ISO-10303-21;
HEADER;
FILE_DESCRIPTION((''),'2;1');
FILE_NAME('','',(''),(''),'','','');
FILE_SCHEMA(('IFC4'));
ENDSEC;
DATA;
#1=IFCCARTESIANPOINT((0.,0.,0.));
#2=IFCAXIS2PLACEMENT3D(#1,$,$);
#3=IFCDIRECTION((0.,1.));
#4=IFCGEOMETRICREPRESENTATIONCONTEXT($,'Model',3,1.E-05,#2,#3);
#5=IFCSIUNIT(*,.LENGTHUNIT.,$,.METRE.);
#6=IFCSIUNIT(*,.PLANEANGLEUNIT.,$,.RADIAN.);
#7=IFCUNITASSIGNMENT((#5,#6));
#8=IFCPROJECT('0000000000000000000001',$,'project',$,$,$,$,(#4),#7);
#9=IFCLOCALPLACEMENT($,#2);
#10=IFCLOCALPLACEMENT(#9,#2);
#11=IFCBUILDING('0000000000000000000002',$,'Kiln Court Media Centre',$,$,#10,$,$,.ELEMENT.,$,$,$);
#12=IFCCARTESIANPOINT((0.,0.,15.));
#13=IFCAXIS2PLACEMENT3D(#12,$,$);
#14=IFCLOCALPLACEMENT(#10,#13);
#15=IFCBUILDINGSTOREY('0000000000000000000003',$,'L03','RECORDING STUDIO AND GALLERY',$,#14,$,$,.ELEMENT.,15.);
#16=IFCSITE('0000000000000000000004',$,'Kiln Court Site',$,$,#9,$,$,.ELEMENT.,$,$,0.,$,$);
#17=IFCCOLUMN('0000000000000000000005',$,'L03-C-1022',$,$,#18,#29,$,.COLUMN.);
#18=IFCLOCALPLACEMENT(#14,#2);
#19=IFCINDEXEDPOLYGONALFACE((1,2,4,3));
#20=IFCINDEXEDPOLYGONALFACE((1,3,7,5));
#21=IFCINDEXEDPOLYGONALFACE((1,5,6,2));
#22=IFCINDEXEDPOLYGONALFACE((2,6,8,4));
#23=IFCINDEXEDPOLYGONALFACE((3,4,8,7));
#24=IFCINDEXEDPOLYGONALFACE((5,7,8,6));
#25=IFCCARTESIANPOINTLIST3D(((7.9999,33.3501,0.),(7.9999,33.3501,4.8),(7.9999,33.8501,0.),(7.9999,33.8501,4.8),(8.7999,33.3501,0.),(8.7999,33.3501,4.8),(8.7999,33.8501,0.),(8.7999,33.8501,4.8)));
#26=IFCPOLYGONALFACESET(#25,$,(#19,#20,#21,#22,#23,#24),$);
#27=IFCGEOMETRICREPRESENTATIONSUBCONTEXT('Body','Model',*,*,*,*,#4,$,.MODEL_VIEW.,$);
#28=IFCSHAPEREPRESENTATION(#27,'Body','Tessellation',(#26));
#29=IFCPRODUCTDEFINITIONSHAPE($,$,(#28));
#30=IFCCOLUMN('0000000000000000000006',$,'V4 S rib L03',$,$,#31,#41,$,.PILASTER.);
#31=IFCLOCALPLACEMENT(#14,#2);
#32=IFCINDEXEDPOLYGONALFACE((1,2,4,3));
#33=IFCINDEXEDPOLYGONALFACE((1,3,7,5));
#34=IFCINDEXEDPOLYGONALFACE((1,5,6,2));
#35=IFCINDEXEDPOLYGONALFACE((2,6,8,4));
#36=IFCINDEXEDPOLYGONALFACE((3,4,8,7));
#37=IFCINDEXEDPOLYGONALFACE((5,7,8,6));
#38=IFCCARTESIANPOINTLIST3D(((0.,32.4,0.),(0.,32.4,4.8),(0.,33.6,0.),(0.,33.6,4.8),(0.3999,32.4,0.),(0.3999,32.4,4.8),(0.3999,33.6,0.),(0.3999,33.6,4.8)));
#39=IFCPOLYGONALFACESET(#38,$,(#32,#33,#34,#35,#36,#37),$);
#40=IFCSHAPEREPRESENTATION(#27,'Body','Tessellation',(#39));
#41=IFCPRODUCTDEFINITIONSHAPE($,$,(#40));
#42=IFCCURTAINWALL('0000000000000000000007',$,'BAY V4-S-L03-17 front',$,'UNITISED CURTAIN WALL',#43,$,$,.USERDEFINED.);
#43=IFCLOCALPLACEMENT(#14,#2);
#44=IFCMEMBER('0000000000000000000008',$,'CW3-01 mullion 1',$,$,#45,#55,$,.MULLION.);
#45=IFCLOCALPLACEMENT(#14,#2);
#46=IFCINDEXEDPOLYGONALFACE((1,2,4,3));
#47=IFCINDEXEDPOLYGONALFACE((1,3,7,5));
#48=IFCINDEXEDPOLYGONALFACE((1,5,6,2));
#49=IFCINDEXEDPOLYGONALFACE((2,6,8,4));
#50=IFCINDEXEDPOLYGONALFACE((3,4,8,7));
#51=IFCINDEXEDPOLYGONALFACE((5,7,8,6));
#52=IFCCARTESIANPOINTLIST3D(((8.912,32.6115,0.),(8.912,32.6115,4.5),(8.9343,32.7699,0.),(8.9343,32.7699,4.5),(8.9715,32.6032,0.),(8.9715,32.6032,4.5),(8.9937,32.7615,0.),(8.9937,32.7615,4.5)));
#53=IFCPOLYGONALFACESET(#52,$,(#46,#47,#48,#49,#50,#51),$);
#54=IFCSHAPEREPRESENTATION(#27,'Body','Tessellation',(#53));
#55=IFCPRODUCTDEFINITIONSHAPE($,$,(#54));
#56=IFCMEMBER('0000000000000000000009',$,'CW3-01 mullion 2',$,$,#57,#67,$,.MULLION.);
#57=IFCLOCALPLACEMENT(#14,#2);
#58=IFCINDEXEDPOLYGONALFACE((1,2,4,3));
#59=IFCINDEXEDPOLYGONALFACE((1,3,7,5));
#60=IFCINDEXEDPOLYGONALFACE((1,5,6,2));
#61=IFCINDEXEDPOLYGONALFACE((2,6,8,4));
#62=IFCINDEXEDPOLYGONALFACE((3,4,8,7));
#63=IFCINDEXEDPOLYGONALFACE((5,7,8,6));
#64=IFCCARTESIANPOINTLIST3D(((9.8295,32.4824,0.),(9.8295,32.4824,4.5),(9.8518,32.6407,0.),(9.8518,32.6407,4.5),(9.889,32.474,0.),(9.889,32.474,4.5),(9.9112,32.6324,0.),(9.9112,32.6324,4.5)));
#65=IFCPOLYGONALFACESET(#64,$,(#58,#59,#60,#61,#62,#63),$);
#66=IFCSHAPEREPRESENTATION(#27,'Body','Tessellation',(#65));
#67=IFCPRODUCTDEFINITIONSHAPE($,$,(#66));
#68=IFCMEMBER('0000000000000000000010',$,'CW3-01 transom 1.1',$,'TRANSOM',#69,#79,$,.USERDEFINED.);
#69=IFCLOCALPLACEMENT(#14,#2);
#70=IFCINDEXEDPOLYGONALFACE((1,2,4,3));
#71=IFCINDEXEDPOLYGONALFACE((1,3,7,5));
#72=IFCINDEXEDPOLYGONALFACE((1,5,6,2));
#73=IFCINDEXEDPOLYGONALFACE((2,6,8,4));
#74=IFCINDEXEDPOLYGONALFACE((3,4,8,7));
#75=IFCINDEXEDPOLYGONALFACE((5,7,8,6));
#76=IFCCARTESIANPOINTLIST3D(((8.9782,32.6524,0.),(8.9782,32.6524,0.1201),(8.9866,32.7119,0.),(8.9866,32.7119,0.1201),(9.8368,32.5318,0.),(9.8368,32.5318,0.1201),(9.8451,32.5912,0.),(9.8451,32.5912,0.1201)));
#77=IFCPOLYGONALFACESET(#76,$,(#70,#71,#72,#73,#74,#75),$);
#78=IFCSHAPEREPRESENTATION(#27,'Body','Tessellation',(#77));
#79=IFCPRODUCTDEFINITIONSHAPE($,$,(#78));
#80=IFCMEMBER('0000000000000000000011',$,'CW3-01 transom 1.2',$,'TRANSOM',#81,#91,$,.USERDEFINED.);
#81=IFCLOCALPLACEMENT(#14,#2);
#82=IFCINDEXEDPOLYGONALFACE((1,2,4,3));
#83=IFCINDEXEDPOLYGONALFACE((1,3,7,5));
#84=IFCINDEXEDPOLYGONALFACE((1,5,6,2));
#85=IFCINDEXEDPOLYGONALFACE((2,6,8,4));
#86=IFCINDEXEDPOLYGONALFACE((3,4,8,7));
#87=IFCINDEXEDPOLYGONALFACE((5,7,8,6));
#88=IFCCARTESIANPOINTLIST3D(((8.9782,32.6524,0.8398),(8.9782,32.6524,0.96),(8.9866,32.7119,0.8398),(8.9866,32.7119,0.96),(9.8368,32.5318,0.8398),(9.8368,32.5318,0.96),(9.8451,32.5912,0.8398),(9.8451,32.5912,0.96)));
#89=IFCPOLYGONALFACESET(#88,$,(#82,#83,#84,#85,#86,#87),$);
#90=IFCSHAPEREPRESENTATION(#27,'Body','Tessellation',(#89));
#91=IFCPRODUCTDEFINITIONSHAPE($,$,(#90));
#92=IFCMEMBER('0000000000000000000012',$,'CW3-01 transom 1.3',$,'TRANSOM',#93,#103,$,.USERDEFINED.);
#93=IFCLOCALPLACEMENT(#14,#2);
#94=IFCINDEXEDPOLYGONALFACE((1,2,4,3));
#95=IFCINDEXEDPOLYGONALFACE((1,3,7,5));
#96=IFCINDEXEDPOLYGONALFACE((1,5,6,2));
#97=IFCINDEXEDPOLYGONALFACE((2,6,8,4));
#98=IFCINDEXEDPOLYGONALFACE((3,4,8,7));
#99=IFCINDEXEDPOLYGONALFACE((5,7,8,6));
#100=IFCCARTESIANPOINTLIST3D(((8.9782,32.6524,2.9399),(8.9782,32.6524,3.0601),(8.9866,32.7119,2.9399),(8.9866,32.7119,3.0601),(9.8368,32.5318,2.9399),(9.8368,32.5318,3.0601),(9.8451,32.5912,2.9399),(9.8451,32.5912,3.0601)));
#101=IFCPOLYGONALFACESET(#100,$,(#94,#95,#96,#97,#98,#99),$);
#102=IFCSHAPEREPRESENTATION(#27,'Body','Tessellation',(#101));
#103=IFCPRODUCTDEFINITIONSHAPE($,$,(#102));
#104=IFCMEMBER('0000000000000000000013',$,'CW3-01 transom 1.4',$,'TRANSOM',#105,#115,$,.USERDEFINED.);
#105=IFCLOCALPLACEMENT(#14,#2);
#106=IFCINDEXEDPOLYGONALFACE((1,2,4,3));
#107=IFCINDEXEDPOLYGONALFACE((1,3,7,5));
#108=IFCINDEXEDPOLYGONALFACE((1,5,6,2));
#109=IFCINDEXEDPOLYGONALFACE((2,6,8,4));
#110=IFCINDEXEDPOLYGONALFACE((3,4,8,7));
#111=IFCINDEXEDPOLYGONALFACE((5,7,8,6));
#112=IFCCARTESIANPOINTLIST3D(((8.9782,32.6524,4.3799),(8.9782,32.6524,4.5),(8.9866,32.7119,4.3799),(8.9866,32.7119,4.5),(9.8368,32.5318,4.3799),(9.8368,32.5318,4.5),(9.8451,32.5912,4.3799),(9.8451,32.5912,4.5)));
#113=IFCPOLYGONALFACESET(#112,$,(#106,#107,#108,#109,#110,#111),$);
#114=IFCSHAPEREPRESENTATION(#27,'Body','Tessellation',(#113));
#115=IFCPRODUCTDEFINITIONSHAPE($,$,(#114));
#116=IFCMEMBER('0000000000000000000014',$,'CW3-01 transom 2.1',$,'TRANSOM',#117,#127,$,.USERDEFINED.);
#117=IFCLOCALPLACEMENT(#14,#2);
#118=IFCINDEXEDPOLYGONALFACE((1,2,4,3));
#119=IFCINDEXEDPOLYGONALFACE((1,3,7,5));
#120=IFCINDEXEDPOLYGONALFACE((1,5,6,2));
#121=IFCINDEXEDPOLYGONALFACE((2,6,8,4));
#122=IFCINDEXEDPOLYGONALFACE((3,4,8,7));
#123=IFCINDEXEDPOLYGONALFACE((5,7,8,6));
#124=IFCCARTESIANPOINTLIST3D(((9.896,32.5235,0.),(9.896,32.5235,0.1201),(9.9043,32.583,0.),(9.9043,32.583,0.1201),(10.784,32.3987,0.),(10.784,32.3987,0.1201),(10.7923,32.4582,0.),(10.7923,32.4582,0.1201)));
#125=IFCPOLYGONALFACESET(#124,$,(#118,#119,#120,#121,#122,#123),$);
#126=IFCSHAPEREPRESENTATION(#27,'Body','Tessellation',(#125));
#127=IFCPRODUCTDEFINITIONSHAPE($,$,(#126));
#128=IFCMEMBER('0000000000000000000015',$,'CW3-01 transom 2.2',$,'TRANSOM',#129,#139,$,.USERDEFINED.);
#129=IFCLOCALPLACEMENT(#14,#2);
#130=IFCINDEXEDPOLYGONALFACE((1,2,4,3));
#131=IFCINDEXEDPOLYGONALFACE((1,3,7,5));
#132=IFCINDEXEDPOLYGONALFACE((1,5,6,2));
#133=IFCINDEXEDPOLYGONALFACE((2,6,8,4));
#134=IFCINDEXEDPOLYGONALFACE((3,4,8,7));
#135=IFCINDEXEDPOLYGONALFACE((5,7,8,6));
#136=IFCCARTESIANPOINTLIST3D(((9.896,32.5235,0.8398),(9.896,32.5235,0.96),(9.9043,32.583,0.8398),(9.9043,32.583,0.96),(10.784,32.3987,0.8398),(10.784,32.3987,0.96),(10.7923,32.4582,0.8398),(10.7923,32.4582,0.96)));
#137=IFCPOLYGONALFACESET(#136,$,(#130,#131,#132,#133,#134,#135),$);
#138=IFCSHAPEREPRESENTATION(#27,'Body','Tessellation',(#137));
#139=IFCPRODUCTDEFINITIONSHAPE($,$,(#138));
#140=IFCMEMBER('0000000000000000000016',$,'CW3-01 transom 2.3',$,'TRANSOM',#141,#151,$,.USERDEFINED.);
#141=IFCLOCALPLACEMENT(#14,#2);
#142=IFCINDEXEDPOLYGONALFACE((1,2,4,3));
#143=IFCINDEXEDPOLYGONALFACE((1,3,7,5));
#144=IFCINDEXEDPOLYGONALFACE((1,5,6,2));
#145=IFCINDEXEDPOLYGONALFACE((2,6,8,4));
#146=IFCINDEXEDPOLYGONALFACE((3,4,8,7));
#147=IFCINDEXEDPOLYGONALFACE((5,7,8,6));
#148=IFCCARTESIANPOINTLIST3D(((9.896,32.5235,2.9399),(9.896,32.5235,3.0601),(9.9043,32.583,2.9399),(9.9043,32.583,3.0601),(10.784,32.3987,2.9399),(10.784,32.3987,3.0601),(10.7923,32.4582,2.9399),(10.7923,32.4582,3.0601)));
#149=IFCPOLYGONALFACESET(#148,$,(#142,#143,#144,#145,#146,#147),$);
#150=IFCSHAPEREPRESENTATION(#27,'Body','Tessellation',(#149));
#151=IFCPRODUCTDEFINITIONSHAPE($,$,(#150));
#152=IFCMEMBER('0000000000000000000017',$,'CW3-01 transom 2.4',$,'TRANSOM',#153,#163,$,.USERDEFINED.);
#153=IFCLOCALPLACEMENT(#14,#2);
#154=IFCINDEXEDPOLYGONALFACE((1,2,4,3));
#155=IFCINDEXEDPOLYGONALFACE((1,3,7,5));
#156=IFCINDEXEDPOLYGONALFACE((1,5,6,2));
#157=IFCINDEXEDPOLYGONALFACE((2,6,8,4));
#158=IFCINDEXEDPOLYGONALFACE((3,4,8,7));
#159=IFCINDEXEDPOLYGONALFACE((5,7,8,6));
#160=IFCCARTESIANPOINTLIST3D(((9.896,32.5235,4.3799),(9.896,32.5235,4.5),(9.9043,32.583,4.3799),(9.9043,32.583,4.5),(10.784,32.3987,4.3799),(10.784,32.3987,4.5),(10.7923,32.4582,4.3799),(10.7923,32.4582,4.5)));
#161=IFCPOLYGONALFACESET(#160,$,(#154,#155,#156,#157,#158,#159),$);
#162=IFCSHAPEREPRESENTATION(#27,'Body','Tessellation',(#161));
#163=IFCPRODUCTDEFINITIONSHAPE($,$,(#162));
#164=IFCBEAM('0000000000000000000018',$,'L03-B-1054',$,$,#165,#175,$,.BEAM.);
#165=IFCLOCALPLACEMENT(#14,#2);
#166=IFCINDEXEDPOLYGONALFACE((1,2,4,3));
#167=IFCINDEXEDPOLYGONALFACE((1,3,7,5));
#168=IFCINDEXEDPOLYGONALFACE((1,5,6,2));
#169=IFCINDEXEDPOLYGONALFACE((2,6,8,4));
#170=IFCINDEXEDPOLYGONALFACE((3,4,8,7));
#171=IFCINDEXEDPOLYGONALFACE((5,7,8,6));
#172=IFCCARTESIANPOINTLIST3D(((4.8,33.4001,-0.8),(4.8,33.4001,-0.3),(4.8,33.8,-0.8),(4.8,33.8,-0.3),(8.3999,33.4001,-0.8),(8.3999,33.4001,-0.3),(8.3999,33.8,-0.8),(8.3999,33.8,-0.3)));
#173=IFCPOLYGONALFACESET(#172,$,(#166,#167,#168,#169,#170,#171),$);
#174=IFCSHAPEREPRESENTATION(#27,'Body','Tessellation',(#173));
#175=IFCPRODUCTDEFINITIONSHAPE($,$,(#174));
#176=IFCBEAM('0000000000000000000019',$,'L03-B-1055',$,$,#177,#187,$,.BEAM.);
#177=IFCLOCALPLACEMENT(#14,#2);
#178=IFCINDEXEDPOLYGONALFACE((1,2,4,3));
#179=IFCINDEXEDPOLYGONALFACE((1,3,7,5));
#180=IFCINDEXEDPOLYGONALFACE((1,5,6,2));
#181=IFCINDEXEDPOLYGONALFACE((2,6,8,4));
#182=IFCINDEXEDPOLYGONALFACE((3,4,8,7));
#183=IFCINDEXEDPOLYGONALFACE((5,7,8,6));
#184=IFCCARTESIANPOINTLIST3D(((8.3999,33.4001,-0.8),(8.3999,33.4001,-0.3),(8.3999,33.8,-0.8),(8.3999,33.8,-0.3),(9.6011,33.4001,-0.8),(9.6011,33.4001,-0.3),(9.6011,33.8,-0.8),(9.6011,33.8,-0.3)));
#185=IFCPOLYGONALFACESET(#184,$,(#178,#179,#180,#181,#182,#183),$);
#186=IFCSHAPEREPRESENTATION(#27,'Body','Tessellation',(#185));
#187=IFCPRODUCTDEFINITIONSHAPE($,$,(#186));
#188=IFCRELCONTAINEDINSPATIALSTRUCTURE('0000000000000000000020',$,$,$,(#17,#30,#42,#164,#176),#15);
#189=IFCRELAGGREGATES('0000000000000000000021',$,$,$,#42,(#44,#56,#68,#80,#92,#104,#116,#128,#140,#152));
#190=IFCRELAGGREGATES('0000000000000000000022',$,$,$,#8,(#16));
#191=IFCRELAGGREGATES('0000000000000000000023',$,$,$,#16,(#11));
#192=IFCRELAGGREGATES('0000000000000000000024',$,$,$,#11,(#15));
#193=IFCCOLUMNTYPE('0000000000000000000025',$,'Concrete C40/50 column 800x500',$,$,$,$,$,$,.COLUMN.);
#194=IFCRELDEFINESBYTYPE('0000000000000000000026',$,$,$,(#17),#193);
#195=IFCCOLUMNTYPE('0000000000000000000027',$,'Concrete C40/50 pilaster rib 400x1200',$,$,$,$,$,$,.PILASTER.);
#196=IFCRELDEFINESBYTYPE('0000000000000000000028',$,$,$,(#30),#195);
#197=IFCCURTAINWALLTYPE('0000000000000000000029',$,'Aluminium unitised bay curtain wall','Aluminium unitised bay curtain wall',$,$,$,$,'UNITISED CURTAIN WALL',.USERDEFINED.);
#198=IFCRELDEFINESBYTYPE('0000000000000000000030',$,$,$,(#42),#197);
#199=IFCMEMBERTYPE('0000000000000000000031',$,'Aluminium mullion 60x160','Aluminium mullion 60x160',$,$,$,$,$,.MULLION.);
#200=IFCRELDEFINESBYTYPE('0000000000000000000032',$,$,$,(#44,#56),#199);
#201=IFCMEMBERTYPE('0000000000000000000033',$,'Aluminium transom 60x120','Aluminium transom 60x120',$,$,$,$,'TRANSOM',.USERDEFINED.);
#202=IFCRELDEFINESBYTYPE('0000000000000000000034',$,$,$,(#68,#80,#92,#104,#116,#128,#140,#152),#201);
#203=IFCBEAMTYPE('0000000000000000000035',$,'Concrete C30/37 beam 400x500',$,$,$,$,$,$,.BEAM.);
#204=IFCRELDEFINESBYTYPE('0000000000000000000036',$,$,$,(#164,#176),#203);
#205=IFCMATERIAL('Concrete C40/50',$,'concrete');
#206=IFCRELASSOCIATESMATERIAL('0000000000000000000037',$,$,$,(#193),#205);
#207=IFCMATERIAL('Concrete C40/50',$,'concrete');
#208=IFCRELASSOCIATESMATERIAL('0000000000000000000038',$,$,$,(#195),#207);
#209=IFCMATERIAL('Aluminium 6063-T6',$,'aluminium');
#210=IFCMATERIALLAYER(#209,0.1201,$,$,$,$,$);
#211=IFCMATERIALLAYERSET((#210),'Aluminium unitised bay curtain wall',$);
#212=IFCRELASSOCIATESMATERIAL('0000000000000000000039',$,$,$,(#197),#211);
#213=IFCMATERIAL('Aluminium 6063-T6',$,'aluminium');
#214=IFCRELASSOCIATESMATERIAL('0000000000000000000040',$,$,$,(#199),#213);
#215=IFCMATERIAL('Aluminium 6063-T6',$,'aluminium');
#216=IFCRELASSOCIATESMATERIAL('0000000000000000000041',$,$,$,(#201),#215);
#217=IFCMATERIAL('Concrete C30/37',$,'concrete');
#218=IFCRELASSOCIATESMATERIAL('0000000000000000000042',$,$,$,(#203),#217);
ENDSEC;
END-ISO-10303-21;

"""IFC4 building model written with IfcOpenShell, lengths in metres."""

from ifc_helpers import new_model, si_unit, direction, frame, origin, origin_2d, place, context, subcontext, project, spatial, rectangle, extrude, material, layer, layer_set, material_profile, profile_set, type_object, element, aggregate, save


model = new_model("IFC4")

# Units and contexts
model_context = context("Model", 3, precision=1e-05, world=origin(), true_north=direction((0.0, 1.0)))
body_context = subcontext(model_context, "Body", "Model", "MODEL_VIEW")
ifc_project = project(units=[si_unit("LENGTHUNIT", "METRE"), si_unit("PLANEANGLEUNIT", "RADIAN")], contexts=[model_context])

# Site, building, storey
site_placement = place(None, origin())
site = spatial("IfcSite", under=ifc_project, at=site_placement, Name="Kiln Court Site", CompositionType="ELEMENT", RefElevation=0.0)
building_placement = place(site_placement, origin())
building = spatial("IfcBuilding", under=site, at=building_placement, Name="Kiln Court Media Centre", CompositionType="ELEMENT")
storey_placement = place(building_placement, frame((0.0, 0.0, 15.0)))
storey = spatial("IfcBuildingStorey", under=building, at=storey_placement, Name="L03", Description="RECORDING STUDIO AND GALLERY", CompositionType="ELEMENT", Elevation=15.0)

# Columns
ifc_material_1 = material(Name="Concrete C40/50", Category="concrete")
ifc_material_profile_1 = material_profile(ifc_material_1, rectangle(XDim=0.8, YDim=0.5, at=origin_2d()), Name="RC 800x500")
ifc_profile_set_1 = profile_set([ifc_material_profile_1], Name="Concrete C40/50")
column_type_1 = type_object("IfcColumnType", Name="Concrete C40/50 column 800x500", PredefinedType="COLUMN", material=ifc_profile_set_1)
column_1_placement = place(storey_placement, frame((8.3999, 33.6001, 0.0), z_axis=(0.0, 0.0, 1.0), x_axis=(1.0, 0.0, 0.0)))
element("IfcColumn", 1, at=column_1_placement, inside=storey, type_object=column_type_1, Name="L03-C-1022", PredefinedType="COLUMN", context=body_context, shape_type="SweptSolid", body=[
    extrude(rectangle(XDim=0.8, YDim=0.5, at=origin_2d()), origin(), (0.0, 0.0, 1.0), 4.8),
])
ifc_material_2 = material(Name="Concrete C40/50", Category="concrete")
ifc_material_profile_2 = material_profile(ifc_material_2, rectangle(XDim=0.3999, YDim=1.2, at=origin_2d()), Name="RC 400x1200")
ifc_profile_set_2 = profile_set([ifc_material_profile_2], Name="Concrete C40/50")
column_type_2 = type_object("IfcColumnType", Name="Concrete C40/50 pilaster rib 400x1200", PredefinedType="PILASTER", material=ifc_profile_set_2)
column_2_placement = place(storey_placement, frame((0.2, 33.0, 0.0), z_axis=(0.0, 0.0, 1.0), x_axis=(1.0, 0.0, 0.0)))
element("IfcColumn", 2, at=column_2_placement, inside=storey, type_object=column_type_2, Name="V4 S rib L03", PredefinedType="PILASTER", context=body_context, shape_type="SweptSolid", body=[
    extrude(rectangle(XDim=0.3999, YDim=1.2, at=origin_2d()), origin(), (0.0, 0.0, 1.0), 4.8),
])

# Curtain wall, members
ifc_material_3 = material(Name="Aluminium 6063-T6", Category="aluminium")
ifc_layer_1 = layer(ifc_material_3, 0.1201)
ifc_layer_set_1 = layer_set([ifc_layer_1], Name="Aluminium unitised bay curtain wall")
curtain_wall_type = type_object("IfcCurtainWallType", Name="Aluminium unitised bay curtain wall", Description="Aluminium unitised bay curtain wall", ElementType="UNITISED CURTAIN WALL", PredefinedType="USERDEFINED", material=ifc_layer_set_1)
curtain_wall_placement = place(storey_placement, origin())
curtain_wall = element("IfcCurtainWall", 3, at=curtain_wall_placement, inside=storey, type_object=curtain_wall_type, Name="BAY V4-S-L03-17 front", ObjectType="UNITISED CURTAIN WALL", PredefinedType="USERDEFINED")
ifc_material_4 = material(Name="Aluminium 6063-T6", Category="aluminium")
ifc_material_profile_3 = material_profile(ifc_material_4, rectangle(XDim=0.0601, YDim=0.1599, at=origin_2d()), Name="Aluminium mullion 60x160")
ifc_profile_set_3 = profile_set([ifc_material_profile_3], Name="Aluminium 6063-T6")
member_type_1 = type_object("IfcMemberType", Name="Aluminium mullion 60x160", Description="Aluminium mullion 60x160", PredefinedType="MULLION", material=ifc_profile_set_3)
member_1_placement = place(storey_placement, frame((8.9529, 32.6865, 0.0), z_axis=(0.0, 0.0, 1.0), x_axis=(0.99027, -0.139162, 0.0)))
member_1 = element("IfcMember", 4, at=member_1_placement, type_object=member_type_1, Name="CW3-01 mullion 1", PredefinedType="MULLION", context=body_context, shape_type="SweptSolid", body=[
    extrude(rectangle(XDim=0.0601, YDim=0.1599, at=origin_2d()), origin(), (0.0, 0.0, 1.0), 4.5),
])
member_2_placement = place(storey_placement, frame((9.8704, 32.5574, 0.0), z_axis=(0.0, 0.0, 1.0), x_axis=(0.99027, -0.139162, 0.0)))
member_2 = element("IfcMember", 5, at=member_2_placement, type_object=member_type_1, Name="CW3-01 mullion 2", PredefinedType="MULLION", context=body_context, shape_type="SweptSolid", body=[
    extrude(rectangle(XDim=0.0601, YDim=0.1599, at=origin_2d()), origin(), (0.0, 0.0, 1.0), 4.5),
])
ifc_material_5 = material(Name="Aluminium 6063-T6", Category="aluminium")
ifc_material_profile_4 = material_profile(ifc_material_5, rectangle(XDim=0.0601, YDim=0.1201, at=origin_2d()), Name="Aluminium transom 60x120")
ifc_profile_set_4 = profile_set([ifc_material_profile_4], Name="Aluminium 6063-T6")
member_type_2 = type_object("IfcMemberType", Name="Aluminium transom 60x120", Description="Aluminium transom 60x120", ElementType="TRANSOM", PredefinedType="USERDEFINED", material=ifc_profile_set_4)
member_3_placement = place(storey_placement, frame((8.9824, 32.6821, 0.0601), z_axis=(0.990274, -0.139134, 0.0), x_axis=(0.139134, 0.990274, 0.0)))
member_3 = element("IfcMember", 6, at=member_3_placement, type_object=member_type_2, Name="CW3-01 transom 1.1", ObjectType="TRANSOM", PredefinedType="USERDEFINED", context=body_context, shape_type="SweptSolid", body=[
    extrude(rectangle(XDim=0.0601, YDim=0.1201, at=origin_2d()), origin(), (0.0, 0.0, 1.0), 0.8669),
])
member_4_placement = place(storey_placement, frame((8.9824, 32.6821, 0.8999), z_axis=(0.990274, -0.139134, 0.0), x_axis=(0.139134, 0.990274, 0.0)))
member_4 = element("IfcMember", 7, at=member_4_placement, type_object=member_type_2, Name="CW3-01 transom 1.2", ObjectType="TRANSOM", PredefinedType="USERDEFINED", context=body_context, shape_type="SweptSolid", body=[
    extrude(rectangle(XDim=0.0601, YDim=0.1201, at=origin_2d()), origin(), (0.0, 0.0, 1.0), 0.8669),
])
member_5_placement = place(storey_placement, frame((8.9824, 32.6821, 3.0), z_axis=(0.990274, -0.139134, 0.0), x_axis=(0.139134, 0.990274, 0.0)))
member_5 = element("IfcMember", 8, at=member_5_placement, type_object=member_type_2, Name="CW3-01 transom 1.3", ObjectType="TRANSOM", PredefinedType="USERDEFINED", context=body_context, shape_type="SweptSolid", body=[
    extrude(rectangle(XDim=0.0601, YDim=0.1201, at=origin_2d()), origin(), (0.0, 0.0, 1.0), 0.8669),
])
member_6_placement = place(storey_placement, frame((8.9824, 32.6821, 4.4399), z_axis=(0.990274, -0.139134, 0.0), x_axis=(0.139134, 0.990274, 0.0)))
member_6 = element("IfcMember", 9, at=member_6_placement, type_object=member_type_2, Name="CW3-01 transom 1.4", ObjectType="TRANSOM", PredefinedType="USERDEFINED", context=body_context, shape_type="SweptSolid", body=[
    extrude(rectangle(XDim=0.0601, YDim=0.1201, at=origin_2d()), origin(), (0.0, 0.0, 1.0), 0.8669),
])
member_7_placement = place(storey_placement, frame((9.9001, 32.5532, 0.0601), z_axis=(0.990274, -0.139134, 0.0), x_axis=(0.139134, 0.990274, 0.0)))
member_7 = element("IfcMember", 10, at=member_7_placement, type_object=member_type_2, Name="CW3-01 transom 2.1", ObjectType="TRANSOM", PredefinedType="USERDEFINED", context=body_context, shape_type="SweptSolid", body=[
    extrude(rectangle(XDim=0.0601, YDim=0.1201, at=origin_2d()), origin(), (0.0, 0.0, 1.0), 0.8967),
])
member_8_placement = place(storey_placement, frame((9.9001, 32.5532, 0.8999), z_axis=(0.990274, -0.139134, 0.0), x_axis=(0.139134, 0.990274, 0.0)))
member_8 = element("IfcMember", 11, at=member_8_placement, type_object=member_type_2, Name="CW3-01 transom 2.2", ObjectType="TRANSOM", PredefinedType="USERDEFINED", context=body_context, shape_type="SweptSolid", body=[
    extrude(rectangle(XDim=0.0601, YDim=0.1201, at=origin_2d()), origin(), (0.0, 0.0, 1.0), 0.8967),
])
member_9_placement = place(storey_placement, frame((9.9001, 32.5532, 3.0), z_axis=(0.990274, -0.139134, 0.0), x_axis=(0.139134, 0.990274, 0.0)))
member_9 = element("IfcMember", 12, at=member_9_placement, type_object=member_type_2, Name="CW3-01 transom 2.3", ObjectType="TRANSOM", PredefinedType="USERDEFINED", context=body_context, shape_type="SweptSolid", body=[
    extrude(rectangle(XDim=0.0601, YDim=0.1201, at=origin_2d()), origin(), (0.0, 0.0, 1.0), 0.8967),
])
member_10_placement = place(storey_placement, frame((9.9001, 32.5532, 4.4399), z_axis=(0.990274, -0.139134, 0.0), x_axis=(0.139134, 0.990274, 0.0)))
member_10 = element("IfcMember", 13, at=member_10_placement, type_object=member_type_2, Name="CW3-01 transom 2.4", ObjectType="TRANSOM", PredefinedType="USERDEFINED", context=body_context, shape_type="SweptSolid", body=[
    extrude(rectangle(XDim=0.0601, YDim=0.1201, at=origin_2d()), origin(), (0.0, 0.0, 1.0), 0.8967),
])

# Beams
ifc_material_6 = material(Name="Concrete C30/37", Category="concrete")
ifc_material_profile_5 = material_profile(ifc_material_6, rectangle(XDim=0.3999, YDim=0.5, at=origin_2d()), Name="RC 400x500")
ifc_profile_set_5 = profile_set([ifc_material_profile_5], Name="Concrete C30/37")
beam_type_1 = type_object("IfcBeamType", Name="Concrete C30/37 beam 400x500", PredefinedType="BEAM", material=ifc_profile_set_5)
beam_1_placement = place(storey_placement, frame((4.8, 33.6001, -0.55), z_axis=(1.0, 0.0, 0.0), x_axis=(0.0, 1.0, 0.0)))
element("IfcBeam", 14, at=beam_1_placement, inside=storey, type_object=beam_type_1, Name="L03-B-1054", PredefinedType="BEAM", context=body_context, shape_type="SweptSolid", body=[
    extrude(rectangle(XDim=0.3999, YDim=0.5, at=origin_2d()), origin(), (0.0, 0.0, 1.0), 3.5999),
])
beam_2_placement = place(storey_placement, frame((8.3999, 33.6001, -0.55), z_axis=(1.0, 0.0, 0.0), x_axis=(0.0, 1.0, 0.0)))
element("IfcBeam", 15, at=beam_2_placement, inside=storey, type_object=beam_type_1, Name="L03-B-1055", PredefinedType="BEAM", context=body_context, shape_type="SweptSolid", body=[
    extrude(rectangle(XDim=0.3999, YDim=0.5, at=origin_2d()), origin(), (0.0, 0.0, 1.0), 1.2012),
])

aggregate(curtain_wall, [member_1, member_2, member_3, member_4, member_5, member_6, member_7, member_8, member_9, member_10])

save(model, "model.ifc")
